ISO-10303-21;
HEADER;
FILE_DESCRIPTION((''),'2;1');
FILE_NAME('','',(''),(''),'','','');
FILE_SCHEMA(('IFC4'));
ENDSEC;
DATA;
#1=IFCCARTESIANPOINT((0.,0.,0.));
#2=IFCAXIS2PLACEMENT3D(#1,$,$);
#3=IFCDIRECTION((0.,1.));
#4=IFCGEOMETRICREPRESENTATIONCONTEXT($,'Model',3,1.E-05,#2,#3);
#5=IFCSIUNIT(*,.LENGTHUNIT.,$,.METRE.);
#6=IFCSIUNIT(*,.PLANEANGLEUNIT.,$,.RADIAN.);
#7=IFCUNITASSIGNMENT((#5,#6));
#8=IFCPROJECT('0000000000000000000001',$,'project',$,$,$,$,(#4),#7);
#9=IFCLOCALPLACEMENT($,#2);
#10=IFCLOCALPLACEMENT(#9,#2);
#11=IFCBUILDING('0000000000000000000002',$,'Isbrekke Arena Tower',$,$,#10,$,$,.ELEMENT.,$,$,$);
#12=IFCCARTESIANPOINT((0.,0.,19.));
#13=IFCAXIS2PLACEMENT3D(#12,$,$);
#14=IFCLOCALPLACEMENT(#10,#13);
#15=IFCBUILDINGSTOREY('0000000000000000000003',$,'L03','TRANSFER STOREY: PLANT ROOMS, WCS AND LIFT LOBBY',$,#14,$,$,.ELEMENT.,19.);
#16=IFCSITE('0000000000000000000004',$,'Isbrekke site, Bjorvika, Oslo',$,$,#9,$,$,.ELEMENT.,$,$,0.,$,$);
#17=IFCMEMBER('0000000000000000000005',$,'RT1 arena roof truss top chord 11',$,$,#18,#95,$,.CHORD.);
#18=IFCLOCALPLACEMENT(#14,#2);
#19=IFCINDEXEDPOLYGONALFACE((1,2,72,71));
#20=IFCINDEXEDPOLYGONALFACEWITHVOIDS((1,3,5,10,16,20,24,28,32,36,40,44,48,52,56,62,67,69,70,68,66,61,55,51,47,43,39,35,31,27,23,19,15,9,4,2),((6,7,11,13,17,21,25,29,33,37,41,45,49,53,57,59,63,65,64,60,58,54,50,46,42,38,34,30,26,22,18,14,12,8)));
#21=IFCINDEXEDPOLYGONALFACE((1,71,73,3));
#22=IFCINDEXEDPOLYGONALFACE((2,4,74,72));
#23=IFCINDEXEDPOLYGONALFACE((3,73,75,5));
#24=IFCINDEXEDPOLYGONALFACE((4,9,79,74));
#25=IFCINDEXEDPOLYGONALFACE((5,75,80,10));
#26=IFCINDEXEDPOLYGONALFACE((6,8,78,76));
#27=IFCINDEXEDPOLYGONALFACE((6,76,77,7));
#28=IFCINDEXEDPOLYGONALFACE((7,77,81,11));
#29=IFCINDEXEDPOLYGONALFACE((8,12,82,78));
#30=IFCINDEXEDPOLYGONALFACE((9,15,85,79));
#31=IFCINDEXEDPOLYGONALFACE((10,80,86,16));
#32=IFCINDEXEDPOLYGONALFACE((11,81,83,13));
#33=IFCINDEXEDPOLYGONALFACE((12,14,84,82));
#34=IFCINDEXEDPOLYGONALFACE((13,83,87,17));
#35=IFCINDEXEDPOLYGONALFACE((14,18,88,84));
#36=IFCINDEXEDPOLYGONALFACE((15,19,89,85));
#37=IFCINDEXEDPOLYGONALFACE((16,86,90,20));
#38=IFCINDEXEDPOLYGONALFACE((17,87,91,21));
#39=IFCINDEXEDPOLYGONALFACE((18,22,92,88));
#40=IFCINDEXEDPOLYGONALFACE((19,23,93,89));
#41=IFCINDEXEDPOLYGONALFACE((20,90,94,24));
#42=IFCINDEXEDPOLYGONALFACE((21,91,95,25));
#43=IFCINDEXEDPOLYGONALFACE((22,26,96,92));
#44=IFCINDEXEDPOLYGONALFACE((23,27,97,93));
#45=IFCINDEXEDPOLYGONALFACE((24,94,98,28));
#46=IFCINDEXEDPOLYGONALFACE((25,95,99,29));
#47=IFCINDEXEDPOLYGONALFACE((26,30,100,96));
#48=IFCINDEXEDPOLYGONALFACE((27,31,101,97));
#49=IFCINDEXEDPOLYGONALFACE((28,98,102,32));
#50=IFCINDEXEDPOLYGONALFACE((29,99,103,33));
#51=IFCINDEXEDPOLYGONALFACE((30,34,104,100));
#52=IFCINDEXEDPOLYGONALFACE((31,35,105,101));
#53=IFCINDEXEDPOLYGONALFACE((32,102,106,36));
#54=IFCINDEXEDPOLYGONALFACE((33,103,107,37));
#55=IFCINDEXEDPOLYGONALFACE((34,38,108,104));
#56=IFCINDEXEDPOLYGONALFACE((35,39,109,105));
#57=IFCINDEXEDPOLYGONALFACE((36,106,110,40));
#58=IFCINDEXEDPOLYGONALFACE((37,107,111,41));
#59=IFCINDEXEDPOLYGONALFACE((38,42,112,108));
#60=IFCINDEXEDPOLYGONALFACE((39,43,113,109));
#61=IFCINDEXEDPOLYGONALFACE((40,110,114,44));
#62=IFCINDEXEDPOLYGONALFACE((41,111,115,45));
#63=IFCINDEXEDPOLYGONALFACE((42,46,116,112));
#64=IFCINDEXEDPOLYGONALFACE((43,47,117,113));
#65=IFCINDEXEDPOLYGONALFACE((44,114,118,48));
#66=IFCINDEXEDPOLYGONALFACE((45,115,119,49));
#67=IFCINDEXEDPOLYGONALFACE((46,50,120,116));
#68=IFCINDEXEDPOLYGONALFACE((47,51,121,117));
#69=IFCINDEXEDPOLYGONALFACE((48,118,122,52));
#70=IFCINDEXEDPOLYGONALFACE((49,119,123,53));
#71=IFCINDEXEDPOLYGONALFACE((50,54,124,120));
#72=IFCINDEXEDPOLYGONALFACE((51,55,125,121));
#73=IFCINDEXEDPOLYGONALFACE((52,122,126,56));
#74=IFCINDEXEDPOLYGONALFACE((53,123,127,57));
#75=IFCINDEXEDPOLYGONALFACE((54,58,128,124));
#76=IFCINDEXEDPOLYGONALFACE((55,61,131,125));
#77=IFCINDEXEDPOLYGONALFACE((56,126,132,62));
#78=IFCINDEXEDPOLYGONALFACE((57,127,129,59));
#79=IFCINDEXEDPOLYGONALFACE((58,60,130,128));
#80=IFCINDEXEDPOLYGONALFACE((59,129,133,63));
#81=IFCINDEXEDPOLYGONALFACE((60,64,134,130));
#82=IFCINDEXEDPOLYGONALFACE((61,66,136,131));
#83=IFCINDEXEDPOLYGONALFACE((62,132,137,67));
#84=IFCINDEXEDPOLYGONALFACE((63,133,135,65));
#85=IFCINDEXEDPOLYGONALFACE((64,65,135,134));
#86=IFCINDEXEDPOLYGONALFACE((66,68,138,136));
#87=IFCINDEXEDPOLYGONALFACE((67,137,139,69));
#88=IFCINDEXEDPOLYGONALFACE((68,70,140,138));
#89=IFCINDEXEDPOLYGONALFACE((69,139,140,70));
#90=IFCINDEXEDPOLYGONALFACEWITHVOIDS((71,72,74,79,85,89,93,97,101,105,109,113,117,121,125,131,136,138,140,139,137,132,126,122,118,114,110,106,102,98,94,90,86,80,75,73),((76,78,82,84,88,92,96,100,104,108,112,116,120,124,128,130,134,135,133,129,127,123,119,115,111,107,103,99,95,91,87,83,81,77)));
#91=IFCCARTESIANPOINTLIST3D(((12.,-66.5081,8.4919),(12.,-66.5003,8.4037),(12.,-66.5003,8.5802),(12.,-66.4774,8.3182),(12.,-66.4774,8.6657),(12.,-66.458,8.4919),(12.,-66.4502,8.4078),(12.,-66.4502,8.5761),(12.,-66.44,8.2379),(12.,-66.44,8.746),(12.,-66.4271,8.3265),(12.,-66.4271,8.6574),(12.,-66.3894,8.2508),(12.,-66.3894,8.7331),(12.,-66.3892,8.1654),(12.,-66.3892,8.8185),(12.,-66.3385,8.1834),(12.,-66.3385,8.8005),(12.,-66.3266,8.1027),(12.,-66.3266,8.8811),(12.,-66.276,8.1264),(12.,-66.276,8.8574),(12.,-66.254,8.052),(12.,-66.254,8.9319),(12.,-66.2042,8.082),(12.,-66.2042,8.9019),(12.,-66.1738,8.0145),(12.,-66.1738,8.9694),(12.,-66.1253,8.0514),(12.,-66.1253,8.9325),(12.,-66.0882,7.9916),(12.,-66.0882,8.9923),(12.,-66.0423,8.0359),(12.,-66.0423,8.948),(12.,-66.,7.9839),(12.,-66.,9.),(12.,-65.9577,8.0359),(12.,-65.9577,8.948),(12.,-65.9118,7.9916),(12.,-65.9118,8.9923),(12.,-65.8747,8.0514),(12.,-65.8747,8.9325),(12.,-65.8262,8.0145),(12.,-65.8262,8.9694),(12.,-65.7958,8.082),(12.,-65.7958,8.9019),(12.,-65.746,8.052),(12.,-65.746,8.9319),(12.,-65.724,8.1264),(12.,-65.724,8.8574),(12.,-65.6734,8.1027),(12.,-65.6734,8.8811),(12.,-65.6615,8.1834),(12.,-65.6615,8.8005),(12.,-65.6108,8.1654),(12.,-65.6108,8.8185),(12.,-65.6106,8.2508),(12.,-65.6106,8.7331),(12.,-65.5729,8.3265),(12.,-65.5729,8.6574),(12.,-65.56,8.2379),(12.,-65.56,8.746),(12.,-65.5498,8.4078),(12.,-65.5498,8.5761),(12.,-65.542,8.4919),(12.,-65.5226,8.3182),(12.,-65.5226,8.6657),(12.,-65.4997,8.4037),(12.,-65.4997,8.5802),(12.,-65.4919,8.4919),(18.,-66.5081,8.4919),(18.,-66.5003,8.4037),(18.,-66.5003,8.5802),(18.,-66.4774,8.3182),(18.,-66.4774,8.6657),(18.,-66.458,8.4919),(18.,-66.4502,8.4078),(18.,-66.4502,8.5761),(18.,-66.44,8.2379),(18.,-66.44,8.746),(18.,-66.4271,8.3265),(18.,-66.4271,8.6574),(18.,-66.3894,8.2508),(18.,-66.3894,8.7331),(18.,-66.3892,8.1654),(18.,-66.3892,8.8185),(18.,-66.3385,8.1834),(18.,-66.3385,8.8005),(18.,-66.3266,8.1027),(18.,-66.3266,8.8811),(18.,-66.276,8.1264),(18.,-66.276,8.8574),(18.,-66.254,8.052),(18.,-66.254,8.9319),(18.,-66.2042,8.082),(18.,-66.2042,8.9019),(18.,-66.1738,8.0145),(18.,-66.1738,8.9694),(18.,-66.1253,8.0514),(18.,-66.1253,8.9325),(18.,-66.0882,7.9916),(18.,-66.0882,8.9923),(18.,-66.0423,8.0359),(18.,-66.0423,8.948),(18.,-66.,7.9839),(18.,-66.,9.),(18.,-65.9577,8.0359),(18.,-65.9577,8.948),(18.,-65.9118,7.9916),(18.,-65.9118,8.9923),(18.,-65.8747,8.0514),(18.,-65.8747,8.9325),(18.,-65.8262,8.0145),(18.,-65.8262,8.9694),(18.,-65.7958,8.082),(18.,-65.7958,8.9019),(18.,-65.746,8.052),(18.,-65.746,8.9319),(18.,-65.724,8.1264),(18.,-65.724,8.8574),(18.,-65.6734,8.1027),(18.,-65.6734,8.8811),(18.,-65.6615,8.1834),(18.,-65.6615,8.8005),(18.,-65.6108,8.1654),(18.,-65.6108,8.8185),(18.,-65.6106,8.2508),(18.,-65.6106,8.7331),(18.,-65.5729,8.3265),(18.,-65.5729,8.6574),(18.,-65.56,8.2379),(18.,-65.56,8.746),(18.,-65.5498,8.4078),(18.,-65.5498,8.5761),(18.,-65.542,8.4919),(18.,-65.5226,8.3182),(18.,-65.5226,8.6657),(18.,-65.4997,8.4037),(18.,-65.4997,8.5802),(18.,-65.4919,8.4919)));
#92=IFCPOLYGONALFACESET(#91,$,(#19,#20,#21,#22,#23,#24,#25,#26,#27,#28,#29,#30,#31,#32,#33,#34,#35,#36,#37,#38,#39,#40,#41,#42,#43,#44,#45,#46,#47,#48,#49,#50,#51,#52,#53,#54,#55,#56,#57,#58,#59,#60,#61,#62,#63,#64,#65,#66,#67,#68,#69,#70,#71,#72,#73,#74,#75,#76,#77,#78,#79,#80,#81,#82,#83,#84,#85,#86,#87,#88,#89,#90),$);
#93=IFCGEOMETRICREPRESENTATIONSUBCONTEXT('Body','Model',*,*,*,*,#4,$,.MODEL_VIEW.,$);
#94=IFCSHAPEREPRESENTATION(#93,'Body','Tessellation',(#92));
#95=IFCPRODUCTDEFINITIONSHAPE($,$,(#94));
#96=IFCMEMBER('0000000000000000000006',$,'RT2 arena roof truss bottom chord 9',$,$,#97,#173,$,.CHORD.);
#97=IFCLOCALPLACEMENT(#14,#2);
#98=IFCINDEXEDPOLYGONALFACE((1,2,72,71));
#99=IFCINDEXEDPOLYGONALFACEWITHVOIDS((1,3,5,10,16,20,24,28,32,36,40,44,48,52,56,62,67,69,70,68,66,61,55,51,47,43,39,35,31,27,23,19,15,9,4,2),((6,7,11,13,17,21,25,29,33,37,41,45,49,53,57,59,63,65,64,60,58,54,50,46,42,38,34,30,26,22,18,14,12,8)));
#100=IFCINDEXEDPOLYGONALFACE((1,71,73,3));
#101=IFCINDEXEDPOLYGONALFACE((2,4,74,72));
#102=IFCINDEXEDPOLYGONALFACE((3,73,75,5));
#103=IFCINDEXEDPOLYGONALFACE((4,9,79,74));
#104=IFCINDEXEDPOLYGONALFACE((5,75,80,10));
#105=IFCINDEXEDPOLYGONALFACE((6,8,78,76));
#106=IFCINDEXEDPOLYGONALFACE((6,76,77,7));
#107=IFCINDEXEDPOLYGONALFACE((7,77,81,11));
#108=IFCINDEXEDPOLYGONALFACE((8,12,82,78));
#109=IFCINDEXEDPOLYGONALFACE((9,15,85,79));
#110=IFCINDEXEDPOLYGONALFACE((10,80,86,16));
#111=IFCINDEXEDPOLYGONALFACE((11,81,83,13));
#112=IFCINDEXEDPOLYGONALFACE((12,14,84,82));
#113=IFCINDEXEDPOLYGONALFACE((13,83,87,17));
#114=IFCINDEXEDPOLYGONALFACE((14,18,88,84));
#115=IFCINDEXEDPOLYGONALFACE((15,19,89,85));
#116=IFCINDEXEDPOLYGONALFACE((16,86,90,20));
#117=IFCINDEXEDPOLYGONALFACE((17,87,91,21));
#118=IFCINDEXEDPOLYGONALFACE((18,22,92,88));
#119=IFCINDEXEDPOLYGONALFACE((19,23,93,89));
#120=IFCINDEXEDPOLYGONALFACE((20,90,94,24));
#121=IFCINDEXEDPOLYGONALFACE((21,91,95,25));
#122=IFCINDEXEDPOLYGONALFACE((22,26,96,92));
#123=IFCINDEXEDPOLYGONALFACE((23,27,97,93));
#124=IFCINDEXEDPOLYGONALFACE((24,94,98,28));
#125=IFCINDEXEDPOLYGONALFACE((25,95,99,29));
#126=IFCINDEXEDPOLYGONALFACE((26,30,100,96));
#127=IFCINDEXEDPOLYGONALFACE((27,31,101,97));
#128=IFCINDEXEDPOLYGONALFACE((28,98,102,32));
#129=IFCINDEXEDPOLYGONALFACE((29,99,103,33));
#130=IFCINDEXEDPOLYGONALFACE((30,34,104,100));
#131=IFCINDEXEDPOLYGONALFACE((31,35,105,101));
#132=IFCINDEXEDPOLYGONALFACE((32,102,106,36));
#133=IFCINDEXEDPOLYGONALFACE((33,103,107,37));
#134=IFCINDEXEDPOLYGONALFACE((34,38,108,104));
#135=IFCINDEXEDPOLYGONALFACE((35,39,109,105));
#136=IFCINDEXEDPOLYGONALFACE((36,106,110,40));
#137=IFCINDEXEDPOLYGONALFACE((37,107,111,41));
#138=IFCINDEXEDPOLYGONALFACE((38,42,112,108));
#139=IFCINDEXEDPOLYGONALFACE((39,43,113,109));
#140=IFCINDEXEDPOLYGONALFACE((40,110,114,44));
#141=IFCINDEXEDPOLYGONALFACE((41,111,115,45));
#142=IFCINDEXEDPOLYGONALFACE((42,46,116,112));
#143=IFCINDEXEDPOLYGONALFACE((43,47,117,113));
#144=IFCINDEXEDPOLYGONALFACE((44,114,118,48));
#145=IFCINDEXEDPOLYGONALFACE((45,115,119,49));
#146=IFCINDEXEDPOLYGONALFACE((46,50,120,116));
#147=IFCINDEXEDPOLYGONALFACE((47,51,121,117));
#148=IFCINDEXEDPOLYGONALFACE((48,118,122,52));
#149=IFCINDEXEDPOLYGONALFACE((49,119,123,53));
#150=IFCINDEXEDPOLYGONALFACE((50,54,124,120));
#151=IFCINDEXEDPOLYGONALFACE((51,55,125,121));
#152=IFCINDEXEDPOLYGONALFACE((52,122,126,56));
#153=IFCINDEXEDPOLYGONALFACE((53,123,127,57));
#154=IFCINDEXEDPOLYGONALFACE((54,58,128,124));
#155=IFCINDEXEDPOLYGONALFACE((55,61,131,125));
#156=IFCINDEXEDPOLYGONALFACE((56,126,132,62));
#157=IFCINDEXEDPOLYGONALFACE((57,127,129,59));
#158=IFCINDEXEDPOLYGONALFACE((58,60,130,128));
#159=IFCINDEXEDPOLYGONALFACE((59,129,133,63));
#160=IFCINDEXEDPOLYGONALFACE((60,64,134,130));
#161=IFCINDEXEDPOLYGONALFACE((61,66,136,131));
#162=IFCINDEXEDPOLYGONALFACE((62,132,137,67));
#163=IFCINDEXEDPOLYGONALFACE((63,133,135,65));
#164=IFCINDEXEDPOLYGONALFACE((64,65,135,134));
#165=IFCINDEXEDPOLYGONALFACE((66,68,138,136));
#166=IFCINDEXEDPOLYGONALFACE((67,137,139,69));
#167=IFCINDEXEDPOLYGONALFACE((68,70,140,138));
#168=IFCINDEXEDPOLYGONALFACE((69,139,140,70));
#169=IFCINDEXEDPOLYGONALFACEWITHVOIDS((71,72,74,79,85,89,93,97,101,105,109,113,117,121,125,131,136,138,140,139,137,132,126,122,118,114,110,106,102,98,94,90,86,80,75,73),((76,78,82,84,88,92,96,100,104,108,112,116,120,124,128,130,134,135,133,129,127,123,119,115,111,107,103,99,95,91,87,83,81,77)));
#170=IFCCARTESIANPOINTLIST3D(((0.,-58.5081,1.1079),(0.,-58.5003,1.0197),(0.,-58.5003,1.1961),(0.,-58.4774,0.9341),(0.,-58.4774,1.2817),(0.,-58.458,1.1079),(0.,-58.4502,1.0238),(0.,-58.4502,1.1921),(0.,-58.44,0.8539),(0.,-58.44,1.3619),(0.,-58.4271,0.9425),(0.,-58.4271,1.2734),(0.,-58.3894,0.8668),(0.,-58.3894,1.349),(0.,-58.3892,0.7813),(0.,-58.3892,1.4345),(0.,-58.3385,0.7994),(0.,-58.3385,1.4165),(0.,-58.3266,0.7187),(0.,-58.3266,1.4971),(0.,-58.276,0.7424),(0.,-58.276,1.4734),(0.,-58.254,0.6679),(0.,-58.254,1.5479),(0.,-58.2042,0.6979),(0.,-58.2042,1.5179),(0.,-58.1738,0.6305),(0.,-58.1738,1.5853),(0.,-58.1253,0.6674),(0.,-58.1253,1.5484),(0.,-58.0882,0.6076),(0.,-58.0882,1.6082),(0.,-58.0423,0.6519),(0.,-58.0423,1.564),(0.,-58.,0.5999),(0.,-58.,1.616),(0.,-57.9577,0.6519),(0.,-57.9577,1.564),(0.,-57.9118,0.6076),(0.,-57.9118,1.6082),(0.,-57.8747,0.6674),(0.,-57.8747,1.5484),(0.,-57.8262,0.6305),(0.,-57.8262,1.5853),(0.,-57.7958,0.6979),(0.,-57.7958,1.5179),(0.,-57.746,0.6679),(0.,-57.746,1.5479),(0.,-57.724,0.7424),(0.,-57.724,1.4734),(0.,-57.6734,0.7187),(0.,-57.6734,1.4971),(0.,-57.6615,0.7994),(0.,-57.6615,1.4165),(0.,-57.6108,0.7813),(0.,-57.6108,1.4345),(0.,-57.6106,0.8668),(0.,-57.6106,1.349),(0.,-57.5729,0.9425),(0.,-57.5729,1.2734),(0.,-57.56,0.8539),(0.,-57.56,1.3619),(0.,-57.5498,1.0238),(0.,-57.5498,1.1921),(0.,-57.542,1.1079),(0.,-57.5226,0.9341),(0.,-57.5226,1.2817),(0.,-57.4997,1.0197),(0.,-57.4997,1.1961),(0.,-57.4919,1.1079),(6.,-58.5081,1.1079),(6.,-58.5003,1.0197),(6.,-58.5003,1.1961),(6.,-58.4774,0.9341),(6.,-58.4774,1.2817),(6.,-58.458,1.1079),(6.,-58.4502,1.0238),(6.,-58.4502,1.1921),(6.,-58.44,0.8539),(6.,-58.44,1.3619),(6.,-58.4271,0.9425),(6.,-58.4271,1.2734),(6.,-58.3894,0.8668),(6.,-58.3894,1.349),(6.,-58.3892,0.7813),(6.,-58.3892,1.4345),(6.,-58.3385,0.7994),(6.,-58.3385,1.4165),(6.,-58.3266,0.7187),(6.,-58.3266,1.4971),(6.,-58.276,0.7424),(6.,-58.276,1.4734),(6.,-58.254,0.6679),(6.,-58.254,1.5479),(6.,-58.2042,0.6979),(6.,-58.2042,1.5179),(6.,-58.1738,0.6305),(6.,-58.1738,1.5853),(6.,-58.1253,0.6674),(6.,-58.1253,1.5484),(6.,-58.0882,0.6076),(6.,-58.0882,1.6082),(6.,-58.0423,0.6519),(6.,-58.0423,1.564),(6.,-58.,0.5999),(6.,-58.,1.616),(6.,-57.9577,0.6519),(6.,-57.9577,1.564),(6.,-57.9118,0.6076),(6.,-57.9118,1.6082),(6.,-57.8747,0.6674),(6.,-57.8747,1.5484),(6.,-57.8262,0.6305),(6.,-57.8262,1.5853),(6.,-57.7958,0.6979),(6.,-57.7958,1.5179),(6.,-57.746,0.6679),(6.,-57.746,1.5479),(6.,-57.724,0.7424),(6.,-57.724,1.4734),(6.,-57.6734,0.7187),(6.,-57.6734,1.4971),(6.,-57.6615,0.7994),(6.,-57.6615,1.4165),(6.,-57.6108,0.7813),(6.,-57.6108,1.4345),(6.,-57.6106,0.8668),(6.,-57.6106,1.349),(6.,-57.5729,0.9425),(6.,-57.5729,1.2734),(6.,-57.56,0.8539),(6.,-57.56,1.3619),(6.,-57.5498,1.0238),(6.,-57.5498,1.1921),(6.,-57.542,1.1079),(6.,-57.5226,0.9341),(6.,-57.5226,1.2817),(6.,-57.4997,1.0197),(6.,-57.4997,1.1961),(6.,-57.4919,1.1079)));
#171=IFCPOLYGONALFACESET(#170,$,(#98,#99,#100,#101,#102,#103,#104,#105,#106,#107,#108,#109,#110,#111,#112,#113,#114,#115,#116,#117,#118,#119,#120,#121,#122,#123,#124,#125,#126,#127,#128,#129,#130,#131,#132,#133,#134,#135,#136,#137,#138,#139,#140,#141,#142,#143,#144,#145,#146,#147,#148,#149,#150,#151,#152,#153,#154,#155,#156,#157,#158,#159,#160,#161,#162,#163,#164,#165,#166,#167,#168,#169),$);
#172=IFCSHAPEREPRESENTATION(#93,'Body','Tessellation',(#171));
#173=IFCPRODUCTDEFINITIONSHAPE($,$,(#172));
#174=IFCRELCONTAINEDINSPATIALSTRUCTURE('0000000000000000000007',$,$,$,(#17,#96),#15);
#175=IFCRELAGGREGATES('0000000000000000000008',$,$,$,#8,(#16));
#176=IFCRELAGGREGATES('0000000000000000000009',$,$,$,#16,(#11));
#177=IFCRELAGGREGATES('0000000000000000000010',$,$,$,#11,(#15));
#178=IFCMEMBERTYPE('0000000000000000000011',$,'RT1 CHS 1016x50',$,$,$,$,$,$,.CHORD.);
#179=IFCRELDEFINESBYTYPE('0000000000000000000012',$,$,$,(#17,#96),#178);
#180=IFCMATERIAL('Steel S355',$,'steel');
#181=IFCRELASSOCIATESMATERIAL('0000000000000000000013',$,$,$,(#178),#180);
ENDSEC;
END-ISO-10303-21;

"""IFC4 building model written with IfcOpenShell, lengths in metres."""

from ifc_helpers import new_model, si_unit, direction, frame, origin, origin_2d, place, context, subcontext, project, spatial, hollow_circle, extrude, material, material_profile, profile_set, type_object, element, save


model = new_model("IFC4")

# Units and contexts
model_context = context("Model", 3, precision=1e-05, world=origin(), true_north=direction((0.0, 1.0)))
body_context = subcontext(model_context, "Body", "Model", "MODEL_VIEW")
ifc_project = project(units=[si_unit("LENGTHUNIT", "METRE"), si_unit("PLANEANGLEUNIT", "RADIAN")], contexts=[model_context])

# Site, building, storey
site_placement = place(None, origin())
site = spatial("IfcSite", under=ifc_project, at=site_placement, Name="Isbrekke site, Bjorvika, Oslo", CompositionType="ELEMENT", RefElevation=0.0)
building_placement = place(site_placement, origin())
building = spatial("IfcBuilding", under=site, at=building_placement, Name="Isbrekke Arena Tower", CompositionType="ELEMENT")
storey_placement = place(building_placement, frame((0.0, 0.0, 19.0)))
storey = spatial("IfcBuildingStorey", under=building, at=storey_placement, Name="L03", Description="TRANSFER STOREY: PLANT ROOMS, WCS AND LIFT LOBBY", CompositionType="ELEMENT", Elevation=19.0)

# Members
ifc_material_1 = material(Name="Steel S355", Category="steel")
ifc_material_profile_1 = material_profile(ifc_material_1, hollow_circle(Radius=0.5081, WallThickness=0.05, at=origin_2d()), Name="CHS 1016x50")
ifc_profile_set_1 = profile_set([ifc_material_profile_1], Name="Steel S355")
member_type_1 = type_object("IfcMemberType", Name="RT1 CHS 1016x50", PredefinedType="CHORD", material=ifc_profile_set_1)
for number, where, z_axis, x_axis, name in (
    (1, (12.0, -66.0, 8.4919), (1.0, 0.0, 0.0), (0.0, 1.0, 0.0), "RT1 arena roof truss top chord 11"),
    (2, (0.0, -58.0, 1.1079), (1.0, 0.0, 0.0), (0.0, 1.0, 0.0), "RT2 arena roof truss bottom chord 9"),
):
    element("IfcMember", number, at=place(storey_placement, frame(where, z_axis=z_axis, x_axis=x_axis)), inside=storey, type_object=member_type_1, Name=name, PredefinedType="CHORD", context=body_context, shape_type="SweptSolid", body=[
        extrude(hollow_circle(Radius=0.5081, WallThickness=0.05, at=origin_2d()), origin(), (0.0, 0.0, 1.0), 6.0),
    ])

save(model, "model.ifc")
